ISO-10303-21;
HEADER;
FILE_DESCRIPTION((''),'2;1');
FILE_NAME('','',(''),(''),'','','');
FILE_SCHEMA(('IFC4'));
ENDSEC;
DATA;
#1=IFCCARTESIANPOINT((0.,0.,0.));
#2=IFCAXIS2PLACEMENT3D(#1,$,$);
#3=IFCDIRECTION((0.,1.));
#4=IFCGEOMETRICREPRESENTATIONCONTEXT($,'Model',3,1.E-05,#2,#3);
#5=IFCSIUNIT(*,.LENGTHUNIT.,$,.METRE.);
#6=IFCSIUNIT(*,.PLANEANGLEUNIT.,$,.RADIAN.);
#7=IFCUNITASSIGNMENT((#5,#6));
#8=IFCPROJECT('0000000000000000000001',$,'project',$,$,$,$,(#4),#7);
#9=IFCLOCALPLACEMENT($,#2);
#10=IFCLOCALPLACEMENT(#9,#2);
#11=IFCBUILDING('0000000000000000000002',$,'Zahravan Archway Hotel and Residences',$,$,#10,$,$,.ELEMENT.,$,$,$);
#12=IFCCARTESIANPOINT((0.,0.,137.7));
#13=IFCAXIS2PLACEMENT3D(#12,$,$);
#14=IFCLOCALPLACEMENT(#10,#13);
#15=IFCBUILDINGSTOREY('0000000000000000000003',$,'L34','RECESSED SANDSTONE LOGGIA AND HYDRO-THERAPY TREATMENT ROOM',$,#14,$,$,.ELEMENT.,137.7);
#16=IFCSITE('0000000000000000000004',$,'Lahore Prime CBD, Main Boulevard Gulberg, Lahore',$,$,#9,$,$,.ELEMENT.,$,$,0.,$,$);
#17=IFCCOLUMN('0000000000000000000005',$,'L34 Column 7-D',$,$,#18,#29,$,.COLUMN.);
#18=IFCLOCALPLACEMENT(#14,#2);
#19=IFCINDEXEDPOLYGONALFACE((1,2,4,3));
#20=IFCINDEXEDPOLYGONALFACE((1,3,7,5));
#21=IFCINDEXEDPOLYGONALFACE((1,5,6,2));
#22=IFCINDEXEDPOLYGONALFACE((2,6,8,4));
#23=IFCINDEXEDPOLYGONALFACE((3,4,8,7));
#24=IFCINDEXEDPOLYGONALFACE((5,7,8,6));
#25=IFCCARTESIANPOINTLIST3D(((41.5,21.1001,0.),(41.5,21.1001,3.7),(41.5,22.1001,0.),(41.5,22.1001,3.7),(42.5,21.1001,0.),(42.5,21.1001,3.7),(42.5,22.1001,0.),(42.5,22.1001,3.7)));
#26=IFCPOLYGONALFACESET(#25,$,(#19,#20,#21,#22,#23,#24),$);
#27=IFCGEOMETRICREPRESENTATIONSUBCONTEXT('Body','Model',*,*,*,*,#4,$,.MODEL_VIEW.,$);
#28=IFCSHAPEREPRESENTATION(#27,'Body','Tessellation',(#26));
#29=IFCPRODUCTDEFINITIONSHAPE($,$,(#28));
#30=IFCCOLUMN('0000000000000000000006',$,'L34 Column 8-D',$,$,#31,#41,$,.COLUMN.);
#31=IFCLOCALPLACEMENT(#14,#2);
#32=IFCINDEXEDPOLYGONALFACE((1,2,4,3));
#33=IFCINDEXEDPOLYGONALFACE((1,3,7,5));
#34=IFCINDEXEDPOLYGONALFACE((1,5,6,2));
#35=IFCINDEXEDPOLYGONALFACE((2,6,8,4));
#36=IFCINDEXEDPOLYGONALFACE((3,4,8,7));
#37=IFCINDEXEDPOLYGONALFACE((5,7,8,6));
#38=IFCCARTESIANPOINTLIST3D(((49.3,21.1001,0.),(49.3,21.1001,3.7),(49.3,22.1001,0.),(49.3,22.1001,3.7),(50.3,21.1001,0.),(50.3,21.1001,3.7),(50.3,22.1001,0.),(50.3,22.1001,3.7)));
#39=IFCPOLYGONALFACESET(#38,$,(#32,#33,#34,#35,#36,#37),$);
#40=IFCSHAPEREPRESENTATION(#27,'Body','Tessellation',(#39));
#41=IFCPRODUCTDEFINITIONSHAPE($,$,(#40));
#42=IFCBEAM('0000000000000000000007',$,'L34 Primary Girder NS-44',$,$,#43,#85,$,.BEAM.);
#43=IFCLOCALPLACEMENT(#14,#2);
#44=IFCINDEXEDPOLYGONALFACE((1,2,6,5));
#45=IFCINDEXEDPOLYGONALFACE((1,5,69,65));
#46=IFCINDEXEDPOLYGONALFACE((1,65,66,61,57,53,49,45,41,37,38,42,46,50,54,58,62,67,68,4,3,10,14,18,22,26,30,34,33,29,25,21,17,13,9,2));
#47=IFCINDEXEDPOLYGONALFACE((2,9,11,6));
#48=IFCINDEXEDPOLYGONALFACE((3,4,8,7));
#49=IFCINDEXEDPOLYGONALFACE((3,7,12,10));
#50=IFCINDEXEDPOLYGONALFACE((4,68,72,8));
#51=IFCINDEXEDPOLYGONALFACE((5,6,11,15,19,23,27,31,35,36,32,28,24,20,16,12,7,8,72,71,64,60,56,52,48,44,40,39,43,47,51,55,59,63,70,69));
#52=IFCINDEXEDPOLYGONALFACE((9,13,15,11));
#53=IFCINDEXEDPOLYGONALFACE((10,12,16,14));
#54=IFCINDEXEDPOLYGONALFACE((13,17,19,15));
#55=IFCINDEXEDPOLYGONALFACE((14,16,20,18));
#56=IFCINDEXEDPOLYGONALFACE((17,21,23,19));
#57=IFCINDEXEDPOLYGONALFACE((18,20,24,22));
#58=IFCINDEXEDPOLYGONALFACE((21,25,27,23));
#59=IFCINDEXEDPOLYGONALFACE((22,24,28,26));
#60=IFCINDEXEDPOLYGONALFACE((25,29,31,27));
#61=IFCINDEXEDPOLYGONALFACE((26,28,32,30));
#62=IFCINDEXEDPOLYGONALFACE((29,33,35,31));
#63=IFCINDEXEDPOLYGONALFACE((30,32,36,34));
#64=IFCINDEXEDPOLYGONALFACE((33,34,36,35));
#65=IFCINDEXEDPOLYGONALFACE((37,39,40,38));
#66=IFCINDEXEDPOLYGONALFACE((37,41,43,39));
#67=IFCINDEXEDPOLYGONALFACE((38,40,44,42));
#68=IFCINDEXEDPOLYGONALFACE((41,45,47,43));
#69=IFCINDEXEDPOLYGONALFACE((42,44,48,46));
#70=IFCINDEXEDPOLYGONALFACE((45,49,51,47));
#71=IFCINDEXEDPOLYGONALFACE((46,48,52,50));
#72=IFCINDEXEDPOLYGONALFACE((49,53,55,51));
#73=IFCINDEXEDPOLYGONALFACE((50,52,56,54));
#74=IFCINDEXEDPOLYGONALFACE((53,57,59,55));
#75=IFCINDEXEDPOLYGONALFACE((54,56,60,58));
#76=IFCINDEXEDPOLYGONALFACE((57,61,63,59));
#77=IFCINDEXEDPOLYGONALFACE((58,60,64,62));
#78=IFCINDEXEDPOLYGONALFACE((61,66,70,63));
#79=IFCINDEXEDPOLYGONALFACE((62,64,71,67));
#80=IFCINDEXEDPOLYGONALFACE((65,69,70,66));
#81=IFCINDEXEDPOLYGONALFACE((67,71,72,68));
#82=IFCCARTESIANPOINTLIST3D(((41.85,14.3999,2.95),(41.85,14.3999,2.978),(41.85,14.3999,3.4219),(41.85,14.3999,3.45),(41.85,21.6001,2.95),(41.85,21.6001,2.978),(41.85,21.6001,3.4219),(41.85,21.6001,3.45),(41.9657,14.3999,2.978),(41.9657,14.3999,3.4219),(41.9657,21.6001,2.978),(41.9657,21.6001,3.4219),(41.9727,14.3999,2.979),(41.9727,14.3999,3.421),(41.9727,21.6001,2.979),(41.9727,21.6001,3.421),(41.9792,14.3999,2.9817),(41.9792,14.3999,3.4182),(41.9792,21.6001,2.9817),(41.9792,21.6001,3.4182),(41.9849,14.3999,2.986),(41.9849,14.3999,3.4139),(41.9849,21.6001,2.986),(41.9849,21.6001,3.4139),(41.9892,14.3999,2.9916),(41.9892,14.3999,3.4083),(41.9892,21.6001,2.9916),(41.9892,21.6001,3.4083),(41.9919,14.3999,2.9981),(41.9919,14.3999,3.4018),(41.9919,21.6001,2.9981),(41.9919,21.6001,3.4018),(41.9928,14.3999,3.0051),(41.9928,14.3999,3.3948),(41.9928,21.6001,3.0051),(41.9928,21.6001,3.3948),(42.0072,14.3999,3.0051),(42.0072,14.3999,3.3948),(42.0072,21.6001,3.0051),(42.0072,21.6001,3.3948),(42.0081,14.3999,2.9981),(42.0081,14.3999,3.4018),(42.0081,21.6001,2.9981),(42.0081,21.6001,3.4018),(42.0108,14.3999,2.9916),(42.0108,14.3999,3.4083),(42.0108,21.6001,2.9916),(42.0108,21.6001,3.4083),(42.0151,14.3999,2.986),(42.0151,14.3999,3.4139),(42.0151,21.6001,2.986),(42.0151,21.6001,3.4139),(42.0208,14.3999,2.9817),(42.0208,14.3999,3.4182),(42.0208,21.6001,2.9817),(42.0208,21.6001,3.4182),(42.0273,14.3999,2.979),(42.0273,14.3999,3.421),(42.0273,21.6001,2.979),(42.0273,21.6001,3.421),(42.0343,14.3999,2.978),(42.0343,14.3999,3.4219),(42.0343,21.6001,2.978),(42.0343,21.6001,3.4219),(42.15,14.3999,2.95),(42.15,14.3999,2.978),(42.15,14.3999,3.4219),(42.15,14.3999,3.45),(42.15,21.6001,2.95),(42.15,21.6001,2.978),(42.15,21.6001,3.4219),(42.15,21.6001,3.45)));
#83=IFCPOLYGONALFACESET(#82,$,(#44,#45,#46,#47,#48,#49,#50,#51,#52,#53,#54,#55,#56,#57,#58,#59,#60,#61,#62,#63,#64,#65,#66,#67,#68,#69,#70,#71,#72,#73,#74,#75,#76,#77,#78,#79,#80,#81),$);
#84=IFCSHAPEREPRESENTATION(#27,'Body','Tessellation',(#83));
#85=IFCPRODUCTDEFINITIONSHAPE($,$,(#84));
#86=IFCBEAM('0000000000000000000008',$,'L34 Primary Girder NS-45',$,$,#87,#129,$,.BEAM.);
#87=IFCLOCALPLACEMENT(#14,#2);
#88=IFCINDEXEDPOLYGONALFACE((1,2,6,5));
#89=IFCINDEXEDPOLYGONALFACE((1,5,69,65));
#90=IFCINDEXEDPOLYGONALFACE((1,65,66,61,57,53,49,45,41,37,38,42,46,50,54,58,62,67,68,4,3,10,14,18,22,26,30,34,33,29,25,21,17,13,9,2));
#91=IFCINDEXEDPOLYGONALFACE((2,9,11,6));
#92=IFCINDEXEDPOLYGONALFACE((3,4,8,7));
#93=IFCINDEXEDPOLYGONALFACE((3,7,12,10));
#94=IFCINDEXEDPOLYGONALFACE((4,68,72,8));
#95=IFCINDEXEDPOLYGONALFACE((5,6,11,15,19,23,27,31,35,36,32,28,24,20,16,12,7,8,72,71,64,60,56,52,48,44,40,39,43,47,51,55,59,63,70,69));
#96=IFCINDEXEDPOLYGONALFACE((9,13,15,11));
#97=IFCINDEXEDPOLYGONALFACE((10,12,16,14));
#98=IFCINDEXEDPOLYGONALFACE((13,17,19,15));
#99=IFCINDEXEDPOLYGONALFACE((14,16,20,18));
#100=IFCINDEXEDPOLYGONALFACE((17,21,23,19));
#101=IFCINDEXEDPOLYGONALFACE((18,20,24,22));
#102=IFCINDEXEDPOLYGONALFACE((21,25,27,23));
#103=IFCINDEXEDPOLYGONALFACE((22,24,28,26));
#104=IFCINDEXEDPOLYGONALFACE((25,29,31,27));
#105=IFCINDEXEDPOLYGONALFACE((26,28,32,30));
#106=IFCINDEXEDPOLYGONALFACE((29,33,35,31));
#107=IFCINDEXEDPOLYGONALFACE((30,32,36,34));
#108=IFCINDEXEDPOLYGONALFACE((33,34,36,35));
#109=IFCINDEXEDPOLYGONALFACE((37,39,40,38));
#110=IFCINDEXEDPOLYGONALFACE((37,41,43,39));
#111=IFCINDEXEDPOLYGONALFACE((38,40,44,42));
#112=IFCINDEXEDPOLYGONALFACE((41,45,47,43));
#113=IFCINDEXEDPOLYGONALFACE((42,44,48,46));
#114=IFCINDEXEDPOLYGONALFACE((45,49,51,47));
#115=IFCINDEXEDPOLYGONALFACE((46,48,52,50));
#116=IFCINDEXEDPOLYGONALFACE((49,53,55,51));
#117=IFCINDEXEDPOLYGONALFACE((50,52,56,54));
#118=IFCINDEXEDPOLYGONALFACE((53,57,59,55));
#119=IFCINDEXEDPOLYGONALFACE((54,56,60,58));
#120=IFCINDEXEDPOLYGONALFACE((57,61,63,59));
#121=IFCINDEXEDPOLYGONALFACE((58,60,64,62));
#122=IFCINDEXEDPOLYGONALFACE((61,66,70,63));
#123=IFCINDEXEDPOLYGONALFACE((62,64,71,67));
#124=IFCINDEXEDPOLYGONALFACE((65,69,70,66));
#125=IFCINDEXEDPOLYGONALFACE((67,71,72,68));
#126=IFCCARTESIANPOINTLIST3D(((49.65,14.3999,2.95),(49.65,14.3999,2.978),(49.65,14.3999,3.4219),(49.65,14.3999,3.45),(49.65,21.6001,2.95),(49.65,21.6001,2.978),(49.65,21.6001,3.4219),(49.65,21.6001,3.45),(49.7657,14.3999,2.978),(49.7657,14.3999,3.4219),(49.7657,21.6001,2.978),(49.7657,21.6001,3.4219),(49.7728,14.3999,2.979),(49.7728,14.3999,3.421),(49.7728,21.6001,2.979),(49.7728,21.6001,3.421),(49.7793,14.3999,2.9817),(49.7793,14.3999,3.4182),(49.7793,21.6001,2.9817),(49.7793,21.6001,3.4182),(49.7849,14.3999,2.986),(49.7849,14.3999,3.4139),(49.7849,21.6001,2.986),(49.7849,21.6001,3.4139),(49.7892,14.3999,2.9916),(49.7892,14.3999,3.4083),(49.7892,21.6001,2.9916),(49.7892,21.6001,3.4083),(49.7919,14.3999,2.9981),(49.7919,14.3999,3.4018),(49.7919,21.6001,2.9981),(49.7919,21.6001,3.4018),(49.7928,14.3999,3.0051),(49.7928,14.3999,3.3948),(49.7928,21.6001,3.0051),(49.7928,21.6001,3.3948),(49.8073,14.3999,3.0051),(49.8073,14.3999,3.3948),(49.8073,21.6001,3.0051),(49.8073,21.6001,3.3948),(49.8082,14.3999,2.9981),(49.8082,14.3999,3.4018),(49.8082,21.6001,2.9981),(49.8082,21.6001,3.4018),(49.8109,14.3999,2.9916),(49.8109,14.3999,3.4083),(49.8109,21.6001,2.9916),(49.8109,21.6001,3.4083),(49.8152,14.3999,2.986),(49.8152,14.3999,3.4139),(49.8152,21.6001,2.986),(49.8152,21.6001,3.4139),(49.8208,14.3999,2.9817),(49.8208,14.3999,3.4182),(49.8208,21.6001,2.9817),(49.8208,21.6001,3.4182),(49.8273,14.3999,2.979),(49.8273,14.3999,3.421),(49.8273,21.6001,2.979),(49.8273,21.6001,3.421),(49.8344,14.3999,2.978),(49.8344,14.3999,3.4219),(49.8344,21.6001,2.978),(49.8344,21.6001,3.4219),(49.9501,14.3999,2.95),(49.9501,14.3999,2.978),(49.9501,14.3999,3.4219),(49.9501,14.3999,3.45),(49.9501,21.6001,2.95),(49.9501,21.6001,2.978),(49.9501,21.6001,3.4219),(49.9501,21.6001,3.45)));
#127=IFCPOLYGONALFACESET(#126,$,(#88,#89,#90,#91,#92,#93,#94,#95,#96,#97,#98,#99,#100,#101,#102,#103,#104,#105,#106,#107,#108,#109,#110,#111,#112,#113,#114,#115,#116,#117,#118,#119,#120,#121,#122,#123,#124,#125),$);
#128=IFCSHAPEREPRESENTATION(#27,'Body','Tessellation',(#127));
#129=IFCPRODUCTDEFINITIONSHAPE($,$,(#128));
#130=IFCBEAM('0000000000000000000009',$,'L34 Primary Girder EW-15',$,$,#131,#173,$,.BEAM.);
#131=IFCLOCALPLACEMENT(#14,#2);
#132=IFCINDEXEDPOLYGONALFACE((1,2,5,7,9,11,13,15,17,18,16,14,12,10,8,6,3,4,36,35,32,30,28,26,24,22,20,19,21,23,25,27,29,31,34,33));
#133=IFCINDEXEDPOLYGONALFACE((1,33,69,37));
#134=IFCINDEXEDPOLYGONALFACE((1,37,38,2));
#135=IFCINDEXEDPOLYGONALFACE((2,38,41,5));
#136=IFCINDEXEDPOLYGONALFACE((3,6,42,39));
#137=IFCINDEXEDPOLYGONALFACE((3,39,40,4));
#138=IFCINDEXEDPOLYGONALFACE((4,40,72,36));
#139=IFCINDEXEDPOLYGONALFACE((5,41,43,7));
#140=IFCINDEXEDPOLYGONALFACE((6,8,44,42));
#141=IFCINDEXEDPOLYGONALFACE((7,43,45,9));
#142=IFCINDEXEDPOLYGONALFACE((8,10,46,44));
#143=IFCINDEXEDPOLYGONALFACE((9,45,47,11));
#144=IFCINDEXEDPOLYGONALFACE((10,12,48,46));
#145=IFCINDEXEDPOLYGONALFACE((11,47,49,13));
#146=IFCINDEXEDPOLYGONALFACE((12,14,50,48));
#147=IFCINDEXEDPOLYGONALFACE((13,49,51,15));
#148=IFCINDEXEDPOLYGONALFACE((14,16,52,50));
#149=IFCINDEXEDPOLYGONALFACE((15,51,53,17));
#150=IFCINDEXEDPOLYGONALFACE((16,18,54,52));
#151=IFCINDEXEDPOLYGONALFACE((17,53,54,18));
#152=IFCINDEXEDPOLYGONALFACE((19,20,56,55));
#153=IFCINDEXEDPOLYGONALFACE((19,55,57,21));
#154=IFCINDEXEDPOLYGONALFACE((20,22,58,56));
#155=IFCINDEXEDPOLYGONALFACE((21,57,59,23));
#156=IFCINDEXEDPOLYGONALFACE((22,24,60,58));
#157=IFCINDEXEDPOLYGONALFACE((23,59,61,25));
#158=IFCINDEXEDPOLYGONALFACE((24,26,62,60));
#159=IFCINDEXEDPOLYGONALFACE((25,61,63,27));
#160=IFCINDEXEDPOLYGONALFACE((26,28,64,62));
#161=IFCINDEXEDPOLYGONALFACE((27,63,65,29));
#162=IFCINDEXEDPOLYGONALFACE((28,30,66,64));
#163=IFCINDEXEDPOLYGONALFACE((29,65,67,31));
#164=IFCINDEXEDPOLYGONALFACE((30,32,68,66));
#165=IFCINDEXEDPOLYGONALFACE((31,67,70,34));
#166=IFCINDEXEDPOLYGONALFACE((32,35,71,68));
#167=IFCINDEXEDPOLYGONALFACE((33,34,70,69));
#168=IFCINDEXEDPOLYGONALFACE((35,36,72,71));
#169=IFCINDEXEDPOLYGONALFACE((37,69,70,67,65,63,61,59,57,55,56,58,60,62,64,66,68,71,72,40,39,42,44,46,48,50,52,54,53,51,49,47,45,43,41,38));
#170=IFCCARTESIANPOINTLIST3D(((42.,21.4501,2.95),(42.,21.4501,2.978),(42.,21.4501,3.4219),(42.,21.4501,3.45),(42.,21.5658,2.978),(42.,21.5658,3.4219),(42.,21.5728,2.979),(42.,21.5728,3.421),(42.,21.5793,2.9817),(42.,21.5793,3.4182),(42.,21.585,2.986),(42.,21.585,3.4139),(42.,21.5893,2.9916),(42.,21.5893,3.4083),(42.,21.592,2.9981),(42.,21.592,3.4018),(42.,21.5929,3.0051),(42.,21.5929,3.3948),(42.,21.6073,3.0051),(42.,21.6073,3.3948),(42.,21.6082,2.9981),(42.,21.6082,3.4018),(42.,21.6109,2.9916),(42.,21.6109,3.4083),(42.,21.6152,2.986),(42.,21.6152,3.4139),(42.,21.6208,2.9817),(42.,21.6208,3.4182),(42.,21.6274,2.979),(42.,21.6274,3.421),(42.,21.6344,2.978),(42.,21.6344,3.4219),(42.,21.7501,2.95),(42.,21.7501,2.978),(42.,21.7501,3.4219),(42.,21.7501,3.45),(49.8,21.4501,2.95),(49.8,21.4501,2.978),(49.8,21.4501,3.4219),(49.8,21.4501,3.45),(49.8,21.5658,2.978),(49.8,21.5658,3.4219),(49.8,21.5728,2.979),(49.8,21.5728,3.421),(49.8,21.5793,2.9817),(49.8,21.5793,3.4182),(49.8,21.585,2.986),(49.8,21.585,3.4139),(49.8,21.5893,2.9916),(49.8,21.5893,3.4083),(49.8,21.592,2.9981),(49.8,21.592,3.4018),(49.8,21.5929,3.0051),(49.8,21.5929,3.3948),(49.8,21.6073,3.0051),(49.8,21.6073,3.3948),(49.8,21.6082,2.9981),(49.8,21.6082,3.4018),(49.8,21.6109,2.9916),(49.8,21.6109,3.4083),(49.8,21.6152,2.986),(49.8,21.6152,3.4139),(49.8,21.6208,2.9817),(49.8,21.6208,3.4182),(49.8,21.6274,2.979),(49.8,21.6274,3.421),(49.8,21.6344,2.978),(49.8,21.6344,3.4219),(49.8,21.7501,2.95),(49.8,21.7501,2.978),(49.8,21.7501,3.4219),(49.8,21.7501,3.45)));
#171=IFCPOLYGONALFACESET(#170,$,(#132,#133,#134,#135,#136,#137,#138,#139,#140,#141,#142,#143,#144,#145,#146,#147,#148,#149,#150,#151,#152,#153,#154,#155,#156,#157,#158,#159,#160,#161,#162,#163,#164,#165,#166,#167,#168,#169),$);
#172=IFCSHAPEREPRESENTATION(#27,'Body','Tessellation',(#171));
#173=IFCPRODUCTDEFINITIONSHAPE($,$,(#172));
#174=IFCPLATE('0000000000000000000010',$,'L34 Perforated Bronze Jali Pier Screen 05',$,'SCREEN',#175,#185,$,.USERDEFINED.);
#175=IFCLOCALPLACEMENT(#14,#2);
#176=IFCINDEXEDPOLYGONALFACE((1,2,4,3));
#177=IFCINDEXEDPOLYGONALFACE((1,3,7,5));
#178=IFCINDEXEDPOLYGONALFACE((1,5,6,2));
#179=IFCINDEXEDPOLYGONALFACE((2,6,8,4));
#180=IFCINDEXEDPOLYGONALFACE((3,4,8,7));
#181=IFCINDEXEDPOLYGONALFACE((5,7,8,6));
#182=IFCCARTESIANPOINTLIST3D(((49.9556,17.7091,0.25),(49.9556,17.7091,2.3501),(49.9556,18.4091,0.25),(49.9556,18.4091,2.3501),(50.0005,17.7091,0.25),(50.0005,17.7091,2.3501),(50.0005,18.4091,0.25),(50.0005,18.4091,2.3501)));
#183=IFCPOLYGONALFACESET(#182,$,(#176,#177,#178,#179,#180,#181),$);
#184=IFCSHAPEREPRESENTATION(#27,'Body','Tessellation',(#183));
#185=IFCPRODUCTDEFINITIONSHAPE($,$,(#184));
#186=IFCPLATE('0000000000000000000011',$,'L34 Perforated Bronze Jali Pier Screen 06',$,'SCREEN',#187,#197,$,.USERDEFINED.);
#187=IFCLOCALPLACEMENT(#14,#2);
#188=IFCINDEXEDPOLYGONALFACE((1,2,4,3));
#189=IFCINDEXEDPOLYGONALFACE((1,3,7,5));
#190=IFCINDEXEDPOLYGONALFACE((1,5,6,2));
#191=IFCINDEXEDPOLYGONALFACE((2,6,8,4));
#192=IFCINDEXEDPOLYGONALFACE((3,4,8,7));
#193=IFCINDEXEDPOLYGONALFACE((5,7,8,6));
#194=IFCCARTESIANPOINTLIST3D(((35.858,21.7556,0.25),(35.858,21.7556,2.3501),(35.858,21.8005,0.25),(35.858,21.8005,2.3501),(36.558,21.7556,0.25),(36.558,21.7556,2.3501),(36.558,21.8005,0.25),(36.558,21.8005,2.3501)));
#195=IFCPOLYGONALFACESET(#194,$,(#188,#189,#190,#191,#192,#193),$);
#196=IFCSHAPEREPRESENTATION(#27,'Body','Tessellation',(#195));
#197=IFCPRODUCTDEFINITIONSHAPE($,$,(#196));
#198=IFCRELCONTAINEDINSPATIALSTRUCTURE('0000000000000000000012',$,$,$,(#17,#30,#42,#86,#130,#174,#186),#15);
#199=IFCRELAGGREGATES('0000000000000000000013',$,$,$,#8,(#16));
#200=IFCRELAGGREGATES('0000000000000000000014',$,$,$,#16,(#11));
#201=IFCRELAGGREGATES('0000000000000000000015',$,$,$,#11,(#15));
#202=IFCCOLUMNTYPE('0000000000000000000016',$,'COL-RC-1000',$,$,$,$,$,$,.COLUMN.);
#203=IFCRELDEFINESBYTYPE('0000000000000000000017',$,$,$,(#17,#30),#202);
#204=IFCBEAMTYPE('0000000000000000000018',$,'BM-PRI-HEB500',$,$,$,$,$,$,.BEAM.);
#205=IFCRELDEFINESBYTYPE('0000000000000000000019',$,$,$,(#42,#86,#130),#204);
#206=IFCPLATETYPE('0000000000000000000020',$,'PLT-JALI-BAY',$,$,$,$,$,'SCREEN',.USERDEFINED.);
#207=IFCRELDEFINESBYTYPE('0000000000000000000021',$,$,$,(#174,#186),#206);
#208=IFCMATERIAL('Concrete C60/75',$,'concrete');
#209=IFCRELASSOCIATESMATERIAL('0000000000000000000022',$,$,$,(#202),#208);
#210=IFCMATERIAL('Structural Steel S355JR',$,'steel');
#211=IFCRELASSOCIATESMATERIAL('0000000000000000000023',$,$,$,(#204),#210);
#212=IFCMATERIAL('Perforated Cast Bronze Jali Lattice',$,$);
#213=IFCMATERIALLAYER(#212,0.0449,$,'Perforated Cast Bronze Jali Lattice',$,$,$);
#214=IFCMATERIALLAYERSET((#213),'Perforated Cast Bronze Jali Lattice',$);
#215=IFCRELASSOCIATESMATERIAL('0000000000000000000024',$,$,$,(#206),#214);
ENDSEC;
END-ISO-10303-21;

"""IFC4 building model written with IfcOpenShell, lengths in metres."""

from ifc_helpers import new_model, si_unit, direction, frame, origin, origin_2d, place, context, subcontext, project, spatial, rectangle, i_section, extrude, source, transform, mapped, material, layer, layer_set, material_profile, profile_set, type_object, type_shapes, element, save


model = new_model("IFC4")

# Units and contexts
model_context = context("Model", 3, precision=1e-05, world=origin(), true_north=direction((0.0, 1.0)))
body_context = subcontext(model_context, "Body", "Model", "MODEL_VIEW")
ifc_project = project(units=[si_unit("LENGTHUNIT", "METRE"), si_unit("PLANEANGLEUNIT", "RADIAN")], contexts=[model_context])

# Site, building, storey
site_placement = place(None, origin())
site = spatial("IfcSite", under=ifc_project, at=site_placement, Name="Lahore Prime CBD, Main Boulevard Gulberg, Lahore", CompositionType="ELEMENT", RefElevation=0.0)
building_placement = place(site_placement, origin())
building = spatial("IfcBuilding", under=site, at=building_placement, Name="Zahravan Archway Hotel and Residences", CompositionType="ELEMENT")
storey_placement = place(building_placement, frame((0.0, 0.0, 137.7)))
storey = spatial("IfcBuildingStorey", under=building, at=storey_placement, Name="L34", Description="RECESSED SANDSTONE LOGGIA AND HYDRO-THERAPY TREATMENT ROOM", CompositionType="ELEMENT", Elevation=137.7)

# Columns
ifc_material_1 = material(Name="Concrete C60/75", Category="concrete")
ifc_material_profile_1 = material_profile(ifc_material_1, rectangle(XDim=1.0, YDim=1.0, at=origin_2d()), Name="RC-COL-1000x1000", Category="concrete")
ifc_profile_set_1 = profile_set([ifc_material_profile_1], Name="Concrete C60/75")
column_type = type_object("IfcColumnType", Name="COL-RC-1000", PredefinedType="COLUMN", material=ifc_profile_set_1)
shared_shape_1 = source(origin(), body_context, "Body", "SweptSolid", [
    extrude(rectangle(XDim=1.0, YDim=1.0, at=origin_2d()), origin(), (0.0, 0.0, 1.0), 3.7),
])
type_shapes(column_type, [shared_shape_1])
for number, where, z_axis, x_axis, name in (
    (1, (42.0, 21.6001, 0.0), (0.0, 0.0, 1.0), (1.0, 0.0, 0.0), "L34 Column 7-D"),
    (2, (49.8, 21.6001, 0.0), (0.0, 0.0, 1.0), (1.0, 0.0, 0.0), "L34 Column 8-D"),
):
    element("IfcColumn", number, at=place(storey_placement, frame(where, z_axis=z_axis, x_axis=x_axis)), inside=storey, type_object=column_type, Name=name, PredefinedType="COLUMN", context=body_context, shape_type="MappedRepresentation", body=[
        mapped(shared_shape_1, transform((0.0, 0.0, 0.0), scale=1.0)),
    ])

# Beams
ifc_material_2 = material(Name="Structural Steel S355JR", Category="steel")
ifc_material_profile_2 = material_profile(ifc_material_2, i_section(OverallWidth=0.3, OverallDepth=0.5, WebThickness=0.0144, FlangeThickness=0.0281, FilletRadius=0.0271, at=origin_2d()), Name="HEB 500", Category="steel")
ifc_profile_set_2 = profile_set([ifc_material_profile_2], Name="Structural Steel S355JR")
beam_type = type_object("IfcBeamType", Name="BM-PRI-HEB500", PredefinedType="BEAM", material=ifc_profile_set_2)
shared_shape_2 = source(origin(), body_context, "Body", "SweptSolid", [
    extrude(i_section(OverallWidth=0.3, OverallDepth=0.5, WebThickness=0.0144, FlangeThickness=0.0281, FilletRadius=0.0271, at=origin_2d()), origin(), (0.0, 0.0, 1.0), 7.2002),
])
type_shapes(beam_type, [shared_shape_2])
for number, where, z_axis, x_axis, name in (
    (3, (42.0, 14.3999, 3.2), (0.0, 1.0, 0.0), (-1.0, 0.0, 0.0), "L34 Primary Girder NS-44"),
    (4, (49.8, 14.3999, 3.2), (0.0, 1.0, 0.0), (-1.0, 0.0, 0.0), "L34 Primary Girder NS-45"),
):
    element("IfcBeam", number, at=place(storey_placement, frame(where, z_axis=z_axis, x_axis=x_axis)), inside=storey, type_object=beam_type, Name=name, PredefinedType="BEAM", context=body_context, shape_type="MappedRepresentation", body=[
        mapped(shared_shape_2, transform((0.0, 0.0, 0.0), scale=1.0)),
    ])
shared_shape_3 = source(origin(), body_context, "Body", "SweptSolid", [
    extrude(i_section(OverallWidth=0.3, OverallDepth=0.5, WebThickness=0.0144, FlangeThickness=0.0281, FilletRadius=0.0271, at=origin_2d()), origin(), (0.0, 0.0, 1.0), 7.8),
])
beam_placement = place(storey_placement, frame((42.0, 21.6001, 3.2), z_axis=(1.0, 0.0, 0.0), x_axis=(0.0, 1.0, 0.0)))
element("IfcBeam", 5, at=beam_placement, inside=storey, type_object=beam_type, Name="L34 Primary Girder EW-15", PredefinedType="BEAM", context=body_context, shape_type="MappedRepresentation", body=[
    mapped(shared_shape_3, transform((0.0, 0.0, 0.0), scale=1.0)),
])

# Plates
ifc_material_3 = material(Name="Perforated Cast Bronze Jali Lattice")
ifc_layer_1 = layer(ifc_material_3, 0.0449, Name="Perforated Cast Bronze Jali Lattice")
ifc_layer_set_1 = layer_set([ifc_layer_1], Name="Perforated Cast Bronze Jali Lattice")
plate_type = type_object("IfcPlateType", Name="PLT-JALI-BAY", ElementType="SCREEN", PredefinedType="USERDEFINED", material=ifc_layer_set_1)
shared_shape_4 = source(origin(), body_context, "Body", "SweptSolid", [
    extrude(rectangle(XDim=0.7, YDim=0.0449, at=origin_2d()), origin(), (0.0, 0.0, 1.0), 2.1001),
])
type_shapes(plate_type, [shared_shape_4])
for number, where, z_axis, x_axis, name in (
    (6, (49.978, 18.0591, 0.25), (0.0, 0.0, 1.0), (0.0, 1.0, 0.0), "L34 Perforated Bronze Jali Pier Screen 05"),
    (7, (36.208, 21.7781, 0.25), (0.0, 0.0, 1.0), (1.0, 0.0, 0.0), "L34 Perforated Bronze Jali Pier Screen 06"),
):
    element("IfcPlate", number, at=place(storey_placement, frame(where, z_axis=z_axis, x_axis=x_axis)), inside=storey, type_object=plate_type, Name=name, ObjectType="SCREEN", PredefinedType="USERDEFINED", context=body_context, shape_type="MappedRepresentation", body=[
        mapped(shared_shape_4, transform((0.0, 0.0, 0.0), scale=1.0)),
    ])

save(model, "model.ifc")
